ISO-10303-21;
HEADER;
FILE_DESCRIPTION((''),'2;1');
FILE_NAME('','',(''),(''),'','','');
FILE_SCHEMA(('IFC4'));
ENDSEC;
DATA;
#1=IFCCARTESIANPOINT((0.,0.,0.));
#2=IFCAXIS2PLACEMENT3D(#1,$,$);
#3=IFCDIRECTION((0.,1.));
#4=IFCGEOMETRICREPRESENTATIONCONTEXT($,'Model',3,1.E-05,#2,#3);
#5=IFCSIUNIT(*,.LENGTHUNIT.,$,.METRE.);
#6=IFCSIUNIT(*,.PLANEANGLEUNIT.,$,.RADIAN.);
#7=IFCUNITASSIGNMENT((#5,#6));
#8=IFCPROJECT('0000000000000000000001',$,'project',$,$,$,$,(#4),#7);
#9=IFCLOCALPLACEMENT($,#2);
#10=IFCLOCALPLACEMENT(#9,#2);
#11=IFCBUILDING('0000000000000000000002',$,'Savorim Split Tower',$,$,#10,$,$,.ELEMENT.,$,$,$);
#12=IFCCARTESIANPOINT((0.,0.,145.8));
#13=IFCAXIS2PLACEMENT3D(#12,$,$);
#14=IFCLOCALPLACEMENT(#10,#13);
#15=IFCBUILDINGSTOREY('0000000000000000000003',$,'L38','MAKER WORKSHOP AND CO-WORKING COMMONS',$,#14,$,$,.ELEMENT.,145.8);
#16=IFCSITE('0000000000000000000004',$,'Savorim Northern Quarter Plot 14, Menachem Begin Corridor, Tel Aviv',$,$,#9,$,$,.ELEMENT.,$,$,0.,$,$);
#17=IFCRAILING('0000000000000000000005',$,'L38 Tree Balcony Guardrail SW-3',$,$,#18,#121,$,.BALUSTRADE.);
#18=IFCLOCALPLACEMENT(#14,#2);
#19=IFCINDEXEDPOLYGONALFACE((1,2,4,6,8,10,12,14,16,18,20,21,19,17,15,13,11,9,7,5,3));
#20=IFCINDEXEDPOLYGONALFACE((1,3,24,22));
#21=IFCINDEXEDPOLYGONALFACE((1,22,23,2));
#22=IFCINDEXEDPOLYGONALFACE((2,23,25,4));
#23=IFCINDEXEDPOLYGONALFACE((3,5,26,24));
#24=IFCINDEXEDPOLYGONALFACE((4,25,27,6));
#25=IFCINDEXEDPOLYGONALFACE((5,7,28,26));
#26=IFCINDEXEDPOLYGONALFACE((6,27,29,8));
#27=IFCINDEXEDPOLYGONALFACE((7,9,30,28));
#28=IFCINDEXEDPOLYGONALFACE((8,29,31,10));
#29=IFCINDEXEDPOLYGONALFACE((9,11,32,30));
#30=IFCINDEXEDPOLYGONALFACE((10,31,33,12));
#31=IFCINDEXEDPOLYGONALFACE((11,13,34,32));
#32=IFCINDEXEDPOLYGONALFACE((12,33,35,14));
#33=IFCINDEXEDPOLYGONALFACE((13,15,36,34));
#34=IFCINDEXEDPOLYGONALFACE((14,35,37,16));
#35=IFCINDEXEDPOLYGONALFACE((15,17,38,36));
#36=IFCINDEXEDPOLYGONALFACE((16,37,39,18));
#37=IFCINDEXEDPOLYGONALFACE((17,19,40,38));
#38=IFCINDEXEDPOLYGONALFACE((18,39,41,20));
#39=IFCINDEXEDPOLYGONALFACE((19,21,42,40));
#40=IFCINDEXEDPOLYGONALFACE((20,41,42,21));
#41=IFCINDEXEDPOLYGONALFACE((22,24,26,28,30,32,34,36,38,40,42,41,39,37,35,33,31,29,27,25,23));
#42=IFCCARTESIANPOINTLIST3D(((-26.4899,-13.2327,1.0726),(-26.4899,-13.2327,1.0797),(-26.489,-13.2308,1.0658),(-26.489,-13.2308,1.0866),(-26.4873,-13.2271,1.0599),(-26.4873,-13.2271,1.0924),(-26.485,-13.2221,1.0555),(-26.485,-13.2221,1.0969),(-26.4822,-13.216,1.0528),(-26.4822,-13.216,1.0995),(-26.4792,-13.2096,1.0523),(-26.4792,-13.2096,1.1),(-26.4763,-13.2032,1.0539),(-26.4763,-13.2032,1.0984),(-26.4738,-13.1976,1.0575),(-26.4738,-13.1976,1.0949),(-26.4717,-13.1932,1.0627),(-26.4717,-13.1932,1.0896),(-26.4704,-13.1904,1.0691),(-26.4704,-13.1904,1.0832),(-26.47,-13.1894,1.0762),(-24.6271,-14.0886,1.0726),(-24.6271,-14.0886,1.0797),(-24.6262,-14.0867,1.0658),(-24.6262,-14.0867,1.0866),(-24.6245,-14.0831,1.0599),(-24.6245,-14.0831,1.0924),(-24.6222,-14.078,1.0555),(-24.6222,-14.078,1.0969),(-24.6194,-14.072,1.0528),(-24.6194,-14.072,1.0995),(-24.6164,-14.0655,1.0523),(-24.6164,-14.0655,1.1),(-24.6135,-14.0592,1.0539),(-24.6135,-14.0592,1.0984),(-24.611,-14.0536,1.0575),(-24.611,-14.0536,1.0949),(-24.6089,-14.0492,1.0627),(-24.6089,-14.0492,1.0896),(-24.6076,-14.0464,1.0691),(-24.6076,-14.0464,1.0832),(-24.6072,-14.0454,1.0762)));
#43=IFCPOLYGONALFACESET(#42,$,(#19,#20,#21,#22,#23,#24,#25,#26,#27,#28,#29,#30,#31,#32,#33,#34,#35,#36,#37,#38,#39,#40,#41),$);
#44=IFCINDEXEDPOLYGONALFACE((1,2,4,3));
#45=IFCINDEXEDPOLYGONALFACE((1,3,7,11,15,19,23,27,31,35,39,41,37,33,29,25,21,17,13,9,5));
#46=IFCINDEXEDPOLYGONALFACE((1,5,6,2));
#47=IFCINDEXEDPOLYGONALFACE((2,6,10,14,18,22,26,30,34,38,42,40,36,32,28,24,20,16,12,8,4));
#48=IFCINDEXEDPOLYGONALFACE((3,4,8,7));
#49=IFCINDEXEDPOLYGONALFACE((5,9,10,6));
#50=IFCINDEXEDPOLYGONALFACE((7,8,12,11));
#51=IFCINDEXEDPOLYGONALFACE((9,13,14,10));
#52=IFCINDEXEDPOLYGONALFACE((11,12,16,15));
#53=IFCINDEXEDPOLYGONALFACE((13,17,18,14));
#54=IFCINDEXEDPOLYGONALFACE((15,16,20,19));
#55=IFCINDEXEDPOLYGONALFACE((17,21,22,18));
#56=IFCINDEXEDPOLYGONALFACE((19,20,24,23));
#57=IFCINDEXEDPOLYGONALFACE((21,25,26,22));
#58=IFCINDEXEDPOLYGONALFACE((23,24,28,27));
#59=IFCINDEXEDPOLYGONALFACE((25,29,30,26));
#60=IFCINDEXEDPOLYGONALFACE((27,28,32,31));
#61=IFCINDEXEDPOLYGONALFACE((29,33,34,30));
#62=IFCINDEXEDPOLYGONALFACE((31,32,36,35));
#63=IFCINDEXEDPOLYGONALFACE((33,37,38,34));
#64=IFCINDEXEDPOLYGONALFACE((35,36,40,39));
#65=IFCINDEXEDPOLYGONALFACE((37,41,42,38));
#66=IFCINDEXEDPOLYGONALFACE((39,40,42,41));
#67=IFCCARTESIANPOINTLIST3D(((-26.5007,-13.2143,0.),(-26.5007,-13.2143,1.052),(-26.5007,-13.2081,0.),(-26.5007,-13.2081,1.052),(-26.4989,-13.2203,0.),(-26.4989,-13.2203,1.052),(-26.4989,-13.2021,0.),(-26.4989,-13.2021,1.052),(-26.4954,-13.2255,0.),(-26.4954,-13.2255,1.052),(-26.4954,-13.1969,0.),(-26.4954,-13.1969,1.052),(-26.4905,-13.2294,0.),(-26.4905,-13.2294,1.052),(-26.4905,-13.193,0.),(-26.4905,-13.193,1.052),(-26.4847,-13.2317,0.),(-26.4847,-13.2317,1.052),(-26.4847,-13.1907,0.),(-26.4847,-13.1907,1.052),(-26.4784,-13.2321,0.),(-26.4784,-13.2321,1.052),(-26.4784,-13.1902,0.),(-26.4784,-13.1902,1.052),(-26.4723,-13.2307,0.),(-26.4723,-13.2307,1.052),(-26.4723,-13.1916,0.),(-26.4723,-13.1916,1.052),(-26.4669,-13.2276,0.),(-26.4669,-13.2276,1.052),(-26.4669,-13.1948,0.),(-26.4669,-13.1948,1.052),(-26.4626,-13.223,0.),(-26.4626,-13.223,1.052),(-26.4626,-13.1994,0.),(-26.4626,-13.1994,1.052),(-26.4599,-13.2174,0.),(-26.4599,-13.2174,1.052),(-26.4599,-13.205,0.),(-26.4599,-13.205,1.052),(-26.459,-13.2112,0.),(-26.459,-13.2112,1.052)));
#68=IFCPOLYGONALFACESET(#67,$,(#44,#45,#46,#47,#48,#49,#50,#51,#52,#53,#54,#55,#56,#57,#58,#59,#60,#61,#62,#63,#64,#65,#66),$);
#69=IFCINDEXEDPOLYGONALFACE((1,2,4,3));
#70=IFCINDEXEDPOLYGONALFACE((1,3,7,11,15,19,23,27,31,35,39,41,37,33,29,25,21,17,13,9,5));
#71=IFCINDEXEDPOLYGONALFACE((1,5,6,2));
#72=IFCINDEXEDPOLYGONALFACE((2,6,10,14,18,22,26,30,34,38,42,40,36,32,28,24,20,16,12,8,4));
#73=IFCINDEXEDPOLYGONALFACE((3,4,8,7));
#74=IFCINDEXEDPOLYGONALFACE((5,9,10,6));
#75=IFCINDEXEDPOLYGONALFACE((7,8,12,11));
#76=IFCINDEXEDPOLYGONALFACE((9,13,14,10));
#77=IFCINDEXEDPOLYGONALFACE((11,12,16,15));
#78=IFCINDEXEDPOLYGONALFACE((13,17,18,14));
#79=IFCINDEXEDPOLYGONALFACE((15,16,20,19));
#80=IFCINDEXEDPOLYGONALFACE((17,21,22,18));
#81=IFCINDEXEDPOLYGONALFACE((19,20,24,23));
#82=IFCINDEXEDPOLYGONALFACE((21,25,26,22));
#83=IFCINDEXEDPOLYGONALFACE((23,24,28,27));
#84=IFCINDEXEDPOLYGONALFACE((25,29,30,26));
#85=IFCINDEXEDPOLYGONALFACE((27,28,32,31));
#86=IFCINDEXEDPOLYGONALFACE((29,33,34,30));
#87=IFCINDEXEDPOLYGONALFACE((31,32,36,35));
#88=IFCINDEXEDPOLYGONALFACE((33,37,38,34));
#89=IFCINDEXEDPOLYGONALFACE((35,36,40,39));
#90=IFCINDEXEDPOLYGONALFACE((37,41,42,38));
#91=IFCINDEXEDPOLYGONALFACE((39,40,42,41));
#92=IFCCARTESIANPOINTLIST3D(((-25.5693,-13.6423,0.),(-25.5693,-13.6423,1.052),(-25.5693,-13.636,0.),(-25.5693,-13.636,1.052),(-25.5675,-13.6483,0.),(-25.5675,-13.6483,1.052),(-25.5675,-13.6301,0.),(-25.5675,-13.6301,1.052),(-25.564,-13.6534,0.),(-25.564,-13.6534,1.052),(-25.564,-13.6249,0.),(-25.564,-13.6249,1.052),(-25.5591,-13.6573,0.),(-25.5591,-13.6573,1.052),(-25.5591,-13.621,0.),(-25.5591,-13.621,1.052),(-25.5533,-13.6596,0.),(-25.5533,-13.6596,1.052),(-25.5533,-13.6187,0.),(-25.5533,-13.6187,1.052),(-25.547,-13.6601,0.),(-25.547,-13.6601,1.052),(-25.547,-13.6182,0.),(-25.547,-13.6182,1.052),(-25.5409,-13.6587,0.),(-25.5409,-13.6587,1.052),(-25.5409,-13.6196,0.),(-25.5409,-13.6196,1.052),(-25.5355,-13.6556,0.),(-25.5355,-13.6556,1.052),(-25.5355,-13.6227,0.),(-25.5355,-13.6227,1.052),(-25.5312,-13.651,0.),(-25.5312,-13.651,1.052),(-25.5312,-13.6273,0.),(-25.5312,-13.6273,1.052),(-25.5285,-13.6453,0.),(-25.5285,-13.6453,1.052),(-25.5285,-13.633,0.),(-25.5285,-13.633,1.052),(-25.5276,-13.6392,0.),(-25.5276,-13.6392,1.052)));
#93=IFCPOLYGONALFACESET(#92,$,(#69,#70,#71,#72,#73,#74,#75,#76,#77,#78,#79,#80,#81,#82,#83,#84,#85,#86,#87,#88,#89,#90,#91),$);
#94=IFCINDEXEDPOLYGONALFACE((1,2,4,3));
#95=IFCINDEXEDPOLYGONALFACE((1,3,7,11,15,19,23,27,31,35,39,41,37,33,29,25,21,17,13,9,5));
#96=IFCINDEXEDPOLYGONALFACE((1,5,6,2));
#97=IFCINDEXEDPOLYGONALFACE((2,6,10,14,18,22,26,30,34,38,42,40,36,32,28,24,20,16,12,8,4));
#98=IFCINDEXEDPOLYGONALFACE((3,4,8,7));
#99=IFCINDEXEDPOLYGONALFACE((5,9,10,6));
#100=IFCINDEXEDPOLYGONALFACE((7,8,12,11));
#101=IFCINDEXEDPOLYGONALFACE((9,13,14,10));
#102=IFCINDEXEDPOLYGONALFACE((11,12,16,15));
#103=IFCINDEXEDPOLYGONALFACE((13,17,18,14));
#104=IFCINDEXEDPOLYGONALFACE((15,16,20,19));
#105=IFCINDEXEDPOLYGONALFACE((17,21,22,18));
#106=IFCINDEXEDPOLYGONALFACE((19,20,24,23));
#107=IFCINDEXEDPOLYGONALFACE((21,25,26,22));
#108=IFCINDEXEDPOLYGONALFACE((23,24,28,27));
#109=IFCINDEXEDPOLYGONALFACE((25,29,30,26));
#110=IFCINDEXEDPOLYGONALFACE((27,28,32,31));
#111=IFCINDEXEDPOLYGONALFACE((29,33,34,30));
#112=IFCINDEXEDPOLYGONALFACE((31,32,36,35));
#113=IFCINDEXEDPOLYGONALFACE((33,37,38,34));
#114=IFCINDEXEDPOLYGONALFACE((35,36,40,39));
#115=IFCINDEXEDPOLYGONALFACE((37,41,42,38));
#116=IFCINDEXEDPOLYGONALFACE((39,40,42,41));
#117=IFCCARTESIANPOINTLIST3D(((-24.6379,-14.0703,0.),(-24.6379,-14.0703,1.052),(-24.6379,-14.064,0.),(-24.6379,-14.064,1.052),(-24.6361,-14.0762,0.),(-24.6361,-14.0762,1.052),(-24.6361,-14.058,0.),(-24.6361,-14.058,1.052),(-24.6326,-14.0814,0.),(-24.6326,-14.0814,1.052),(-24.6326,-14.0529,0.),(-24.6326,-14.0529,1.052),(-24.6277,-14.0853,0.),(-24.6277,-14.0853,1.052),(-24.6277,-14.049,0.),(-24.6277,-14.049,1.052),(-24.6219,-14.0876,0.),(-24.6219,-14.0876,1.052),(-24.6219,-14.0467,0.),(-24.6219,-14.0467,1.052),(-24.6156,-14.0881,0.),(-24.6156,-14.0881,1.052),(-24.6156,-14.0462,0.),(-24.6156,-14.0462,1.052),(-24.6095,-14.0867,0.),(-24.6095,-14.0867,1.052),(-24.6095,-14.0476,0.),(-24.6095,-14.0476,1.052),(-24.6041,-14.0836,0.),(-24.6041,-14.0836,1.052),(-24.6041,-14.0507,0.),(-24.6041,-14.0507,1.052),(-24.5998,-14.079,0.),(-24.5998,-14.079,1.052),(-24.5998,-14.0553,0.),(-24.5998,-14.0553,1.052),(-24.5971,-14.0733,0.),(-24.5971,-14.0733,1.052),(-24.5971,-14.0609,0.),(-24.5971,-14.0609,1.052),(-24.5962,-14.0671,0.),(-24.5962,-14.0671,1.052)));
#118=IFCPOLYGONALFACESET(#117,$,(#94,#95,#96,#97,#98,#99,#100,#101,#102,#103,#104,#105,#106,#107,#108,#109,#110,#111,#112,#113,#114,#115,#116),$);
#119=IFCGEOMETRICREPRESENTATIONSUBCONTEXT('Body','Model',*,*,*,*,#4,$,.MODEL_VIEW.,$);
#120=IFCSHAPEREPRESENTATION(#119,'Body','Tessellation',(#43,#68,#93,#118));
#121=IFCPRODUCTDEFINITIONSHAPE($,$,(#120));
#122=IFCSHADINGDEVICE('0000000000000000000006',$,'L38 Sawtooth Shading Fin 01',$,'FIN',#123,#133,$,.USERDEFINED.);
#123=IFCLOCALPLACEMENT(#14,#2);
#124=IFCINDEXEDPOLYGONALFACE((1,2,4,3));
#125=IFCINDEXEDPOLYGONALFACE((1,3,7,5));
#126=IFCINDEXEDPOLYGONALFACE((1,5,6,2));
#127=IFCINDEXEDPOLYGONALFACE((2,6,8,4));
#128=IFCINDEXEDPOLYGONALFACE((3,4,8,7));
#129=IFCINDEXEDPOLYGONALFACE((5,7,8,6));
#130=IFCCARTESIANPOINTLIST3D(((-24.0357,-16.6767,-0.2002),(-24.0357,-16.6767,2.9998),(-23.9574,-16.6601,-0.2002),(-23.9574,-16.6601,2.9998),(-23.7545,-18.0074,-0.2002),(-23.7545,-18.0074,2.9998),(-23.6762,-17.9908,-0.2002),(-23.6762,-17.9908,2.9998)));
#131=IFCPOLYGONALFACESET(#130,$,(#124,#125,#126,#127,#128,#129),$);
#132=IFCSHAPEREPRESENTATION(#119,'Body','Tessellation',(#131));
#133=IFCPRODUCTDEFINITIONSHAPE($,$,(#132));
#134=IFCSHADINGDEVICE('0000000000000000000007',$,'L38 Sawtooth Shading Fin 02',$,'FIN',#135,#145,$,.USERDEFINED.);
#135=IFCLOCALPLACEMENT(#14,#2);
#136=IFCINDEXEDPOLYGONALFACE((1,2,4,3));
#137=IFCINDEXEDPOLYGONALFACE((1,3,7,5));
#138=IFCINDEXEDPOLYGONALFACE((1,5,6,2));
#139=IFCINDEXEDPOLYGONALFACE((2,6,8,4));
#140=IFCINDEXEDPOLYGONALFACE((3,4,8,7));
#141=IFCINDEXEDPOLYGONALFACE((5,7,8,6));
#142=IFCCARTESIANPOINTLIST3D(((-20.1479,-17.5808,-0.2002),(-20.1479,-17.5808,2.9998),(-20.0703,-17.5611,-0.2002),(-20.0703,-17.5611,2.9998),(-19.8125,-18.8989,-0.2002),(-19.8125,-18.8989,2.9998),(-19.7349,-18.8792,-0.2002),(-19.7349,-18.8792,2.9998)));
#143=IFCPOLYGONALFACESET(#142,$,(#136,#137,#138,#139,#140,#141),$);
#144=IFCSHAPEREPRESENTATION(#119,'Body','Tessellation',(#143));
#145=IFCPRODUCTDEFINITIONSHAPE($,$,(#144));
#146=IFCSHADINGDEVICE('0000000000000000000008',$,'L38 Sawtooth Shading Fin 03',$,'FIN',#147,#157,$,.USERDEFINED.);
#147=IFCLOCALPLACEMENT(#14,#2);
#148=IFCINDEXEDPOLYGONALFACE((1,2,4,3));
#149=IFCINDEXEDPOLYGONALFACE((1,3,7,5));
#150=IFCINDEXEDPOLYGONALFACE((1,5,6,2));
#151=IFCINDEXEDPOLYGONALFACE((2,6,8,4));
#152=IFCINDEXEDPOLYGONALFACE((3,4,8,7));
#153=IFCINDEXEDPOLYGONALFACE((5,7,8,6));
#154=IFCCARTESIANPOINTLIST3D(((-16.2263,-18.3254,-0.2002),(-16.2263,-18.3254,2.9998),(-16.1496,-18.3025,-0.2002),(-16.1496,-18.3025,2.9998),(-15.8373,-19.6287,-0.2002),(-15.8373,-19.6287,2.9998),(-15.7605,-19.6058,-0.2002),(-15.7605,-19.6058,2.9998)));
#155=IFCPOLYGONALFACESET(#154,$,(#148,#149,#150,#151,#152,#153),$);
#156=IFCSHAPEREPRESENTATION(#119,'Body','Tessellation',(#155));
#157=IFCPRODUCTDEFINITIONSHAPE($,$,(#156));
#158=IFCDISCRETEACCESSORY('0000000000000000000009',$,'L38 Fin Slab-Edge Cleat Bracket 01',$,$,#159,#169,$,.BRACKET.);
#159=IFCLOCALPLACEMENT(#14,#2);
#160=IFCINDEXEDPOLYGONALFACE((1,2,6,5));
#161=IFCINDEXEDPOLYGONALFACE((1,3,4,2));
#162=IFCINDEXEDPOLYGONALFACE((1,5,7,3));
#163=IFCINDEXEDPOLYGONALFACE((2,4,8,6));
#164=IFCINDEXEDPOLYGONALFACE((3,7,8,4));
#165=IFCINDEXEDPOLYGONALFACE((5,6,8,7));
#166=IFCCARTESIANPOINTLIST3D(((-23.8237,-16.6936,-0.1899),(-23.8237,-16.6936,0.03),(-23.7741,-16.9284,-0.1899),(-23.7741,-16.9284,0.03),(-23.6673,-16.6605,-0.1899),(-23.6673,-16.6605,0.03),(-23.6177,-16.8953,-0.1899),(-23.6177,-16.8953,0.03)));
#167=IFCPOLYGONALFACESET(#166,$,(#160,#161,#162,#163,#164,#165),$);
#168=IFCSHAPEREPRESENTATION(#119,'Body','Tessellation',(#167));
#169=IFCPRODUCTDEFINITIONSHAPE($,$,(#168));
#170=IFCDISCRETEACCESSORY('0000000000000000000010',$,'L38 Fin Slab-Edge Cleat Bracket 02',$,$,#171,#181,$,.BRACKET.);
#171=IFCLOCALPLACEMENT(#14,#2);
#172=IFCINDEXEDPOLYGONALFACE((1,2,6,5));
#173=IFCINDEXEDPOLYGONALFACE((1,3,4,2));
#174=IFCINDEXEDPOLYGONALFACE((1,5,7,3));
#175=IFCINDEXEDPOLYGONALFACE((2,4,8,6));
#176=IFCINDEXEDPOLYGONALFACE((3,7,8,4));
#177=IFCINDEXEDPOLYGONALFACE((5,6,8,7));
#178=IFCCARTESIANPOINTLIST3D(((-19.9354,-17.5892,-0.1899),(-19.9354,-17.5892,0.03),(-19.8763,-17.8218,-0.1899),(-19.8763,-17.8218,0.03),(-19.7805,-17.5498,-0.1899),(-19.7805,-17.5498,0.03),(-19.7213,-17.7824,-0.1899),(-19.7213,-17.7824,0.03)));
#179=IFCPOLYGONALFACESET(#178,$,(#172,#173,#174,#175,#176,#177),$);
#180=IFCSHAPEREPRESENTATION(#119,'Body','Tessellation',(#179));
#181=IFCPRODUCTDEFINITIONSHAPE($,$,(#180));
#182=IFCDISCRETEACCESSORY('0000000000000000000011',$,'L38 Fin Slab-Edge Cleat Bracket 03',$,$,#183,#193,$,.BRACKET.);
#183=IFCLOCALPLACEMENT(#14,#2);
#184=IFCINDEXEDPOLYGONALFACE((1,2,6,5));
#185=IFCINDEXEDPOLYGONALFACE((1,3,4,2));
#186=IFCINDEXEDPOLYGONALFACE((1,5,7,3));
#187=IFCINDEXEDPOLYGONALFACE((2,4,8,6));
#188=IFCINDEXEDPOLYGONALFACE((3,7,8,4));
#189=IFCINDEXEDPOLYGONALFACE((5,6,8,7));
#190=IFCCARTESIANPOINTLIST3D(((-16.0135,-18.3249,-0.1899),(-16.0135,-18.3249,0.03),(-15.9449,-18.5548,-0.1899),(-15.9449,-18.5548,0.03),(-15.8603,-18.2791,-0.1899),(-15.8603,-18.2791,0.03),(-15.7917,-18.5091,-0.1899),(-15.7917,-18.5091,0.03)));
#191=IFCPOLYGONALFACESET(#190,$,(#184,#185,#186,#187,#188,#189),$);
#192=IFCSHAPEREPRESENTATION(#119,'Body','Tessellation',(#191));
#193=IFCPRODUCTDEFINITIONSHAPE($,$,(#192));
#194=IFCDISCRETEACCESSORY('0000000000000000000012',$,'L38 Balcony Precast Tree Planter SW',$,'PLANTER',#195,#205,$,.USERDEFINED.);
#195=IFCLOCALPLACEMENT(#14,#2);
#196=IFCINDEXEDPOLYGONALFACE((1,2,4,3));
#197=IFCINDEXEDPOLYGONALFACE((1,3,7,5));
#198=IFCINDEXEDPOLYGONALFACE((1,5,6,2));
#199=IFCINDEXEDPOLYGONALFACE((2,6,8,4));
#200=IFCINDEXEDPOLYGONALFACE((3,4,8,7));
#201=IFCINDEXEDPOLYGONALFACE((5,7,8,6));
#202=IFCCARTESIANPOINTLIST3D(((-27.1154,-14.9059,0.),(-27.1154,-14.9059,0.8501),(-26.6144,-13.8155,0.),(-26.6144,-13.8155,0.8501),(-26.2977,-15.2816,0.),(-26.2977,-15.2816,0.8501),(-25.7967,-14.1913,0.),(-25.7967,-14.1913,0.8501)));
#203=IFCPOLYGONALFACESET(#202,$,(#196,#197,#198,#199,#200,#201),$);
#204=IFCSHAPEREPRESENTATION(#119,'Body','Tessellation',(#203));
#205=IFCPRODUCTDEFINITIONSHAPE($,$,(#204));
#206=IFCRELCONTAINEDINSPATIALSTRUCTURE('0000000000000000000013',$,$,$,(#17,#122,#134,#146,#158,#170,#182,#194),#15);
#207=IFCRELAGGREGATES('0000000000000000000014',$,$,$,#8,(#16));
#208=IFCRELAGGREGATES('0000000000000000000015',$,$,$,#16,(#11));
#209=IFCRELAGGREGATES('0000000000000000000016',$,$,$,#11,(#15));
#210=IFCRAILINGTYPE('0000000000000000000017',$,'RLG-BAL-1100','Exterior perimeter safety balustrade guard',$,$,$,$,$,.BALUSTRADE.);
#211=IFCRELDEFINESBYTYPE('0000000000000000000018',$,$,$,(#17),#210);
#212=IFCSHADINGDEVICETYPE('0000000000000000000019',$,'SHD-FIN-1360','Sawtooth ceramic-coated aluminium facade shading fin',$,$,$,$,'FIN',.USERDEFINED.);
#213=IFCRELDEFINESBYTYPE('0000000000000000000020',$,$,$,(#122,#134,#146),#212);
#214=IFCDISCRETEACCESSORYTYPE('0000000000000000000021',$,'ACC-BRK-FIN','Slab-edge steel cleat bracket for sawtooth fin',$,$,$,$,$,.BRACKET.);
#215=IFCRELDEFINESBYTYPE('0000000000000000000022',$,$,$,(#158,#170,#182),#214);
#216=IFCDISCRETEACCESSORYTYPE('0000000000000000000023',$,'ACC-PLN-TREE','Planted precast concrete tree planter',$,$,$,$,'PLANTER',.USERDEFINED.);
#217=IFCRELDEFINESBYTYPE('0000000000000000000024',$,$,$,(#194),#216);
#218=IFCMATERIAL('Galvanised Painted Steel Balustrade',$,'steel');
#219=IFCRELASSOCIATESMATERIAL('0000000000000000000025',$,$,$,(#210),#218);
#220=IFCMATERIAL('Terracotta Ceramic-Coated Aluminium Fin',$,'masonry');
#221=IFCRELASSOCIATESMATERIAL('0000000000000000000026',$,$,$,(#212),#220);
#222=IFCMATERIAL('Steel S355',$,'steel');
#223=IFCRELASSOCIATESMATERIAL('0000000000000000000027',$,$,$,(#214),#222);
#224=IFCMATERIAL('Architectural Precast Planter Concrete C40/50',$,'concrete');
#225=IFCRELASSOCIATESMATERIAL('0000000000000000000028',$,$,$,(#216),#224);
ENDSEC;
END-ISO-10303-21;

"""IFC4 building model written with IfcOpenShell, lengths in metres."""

from ifc_helpers import new_model, si_unit, direction, frame, origin, origin_2d, place, context, subcontext, project, spatial, rectangle, circle, extrude, material, type_object, element, save


model = new_model("IFC4")

# Units and contexts
model_context = context("Model", 3, precision=1e-05, world=origin(), true_north=direction((0.0, 1.0)))
body_context = subcontext(model_context, "Body", "Model", "MODEL_VIEW")
ifc_project = project(units=[si_unit("LENGTHUNIT", "METRE"), si_unit("PLANEANGLEUNIT", "RADIAN")], contexts=[model_context])

# Site, building, storey
site_placement = place(None, origin())
site = spatial("IfcSite", under=ifc_project, at=site_placement, Name="Savorim Northern Quarter Plot 14, Menachem Begin Corridor, Tel Aviv", CompositionType="ELEMENT", RefElevation=0.0)
building_placement = place(site_placement, origin())
building = spatial("IfcBuilding", under=site, at=building_placement, Name="Savorim Split Tower", CompositionType="ELEMENT")
storey_placement = place(building_placement, frame((0.0, 0.0, 145.8)))
storey = spatial("IfcBuildingStorey", under=building, at=storey_placement, Name="L38", Description="MAKER WORKSHOP AND CO-WORKING COMMONS", CompositionType="ELEMENT", Elevation=145.8)

# Shared definitions
ifc_material_1 = material(Name="Steel S355", Category="steel")

# Railing
ifc_material_2 = material(Name="Galvanised Painted Steel Balustrade", Category="steel")
railing_type = type_object("IfcRailingType", Name="RLG-BAL-1100", Description="Exterior perimeter safety balustrade guard", PredefinedType="BALUSTRADE", material=ifc_material_2)
railing_1_placement = place(storey_placement, frame((-26.48, -13.2112, 0.0)))
element("IfcRailing", 1, at=railing_1_placement, inside=storey, type_object=railing_type, Name="L38 Tree Balcony Guardrail SW-3", PredefinedType="BALUSTRADE", context=body_context, shape_type="SweptSolid", body=[
    extrude(circle(Radius=0.0239, at=origin_2d()), frame((0.0, 0.0, 1.0762), z_axis=(0.908662, -0.417532, 0.0), x_axis=(0.417532, 0.908662, 0.0)), (0.0, 0.0, 1.0), 2.05),
    extrude(circle(Radius=0.021, at=origin_2d()), origin(), (0.0, 0.0, 1.0), 1.052),
    extrude(circle(Radius=0.021, at=origin_2d()), frame((0.9314, -0.428, 0.0)), (0.0, 0.0, 1.0), 1.052),
    extrude(circle(Radius=0.021, at=origin_2d()), frame((1.8628, -0.856, 0.0)), (0.0, 0.0, 1.0), 1.052),
])

# Shading devices
ifc_material_3 = material(Name="Terracotta Ceramic-Coated Aluminium Fin", Category="masonry")
shading_device_type = type_object("IfcShadingDeviceType", Name="SHD-FIN-1360", Description="Sawtooth ceramic-coated aluminium facade shading fin", ElementType="FIN", PredefinedType="USERDEFINED", material=ifc_material_3)
for number, where, z_axis, x_axis, name in (
    (2, (-23.856, -17.3337, -0.2002), (0.0, 0.0, 1.0), (0.206722, -0.9784, 0.0), "L38 Sawtooth Shading Fin 01"),
    (3, (-19.9414, -18.23, -0.2002), (0.0, 0.0, 1.0), (0.246581, -0.969122, 0.0), "L38 Sawtooth Shading Fin 02"),
    (4, (-15.9934, -18.9656, -0.2002), (0.0, 0.0, 1.0), (0.286026, -0.958222, 0.0), "L38 Sawtooth Shading Fin 03"),
):
    element("IfcShadingDevice", number, at=place(storey_placement, frame(where, z_axis=z_axis, x_axis=x_axis)), inside=storey, type_object=shading_device_type, Name=name, ObjectType="FIN", PredefinedType="USERDEFINED", context=body_context, shape_type="SweptSolid", body=[
        extrude(rectangle(XDim=1.3601, YDim=0.0801, at=origin_2d()), origin(), (0.0, 0.0, 1.0), 3.2),
    ])

# Discrete accessories
discrete_accessory_type_1 = type_object("IfcDiscreteAccessoryType", Name="ACC-BRK-FIN", Description="Slab-edge steel cleat bracket for sawtooth fin", PredefinedType="BRACKET", material=ifc_material_1)
for number, where, z_axis, x_axis, name in (
    (5, (-23.7207, -16.7944, -0.1899), (0.0, 0.0, 1.0), (0.206722, -0.9784, 0.0), "L38 Fin Slab-Edge Cleat Bracket 01"),
    (6, (-19.8284, -17.6858, -0.1899), (0.0, 0.0, 1.0), (0.246581, -0.969122, 0.0), "L38 Fin Slab-Edge Cleat Bracket 02"),
    (7, (-15.9026, -18.417, -0.1899), (0.0, 0.0, 1.0), (0.286026, -0.958222, 0.0), "L38 Fin Slab-Edge Cleat Bracket 03"),
):
    element("IfcDiscreteAccessory", number, at=place(storey_placement, frame(where, z_axis=z_axis, x_axis=x_axis)), inside=storey, type_object=discrete_accessory_type_1, Name=name, PredefinedType="BRACKET", context=body_context, shape_type="SweptSolid", body=[
        extrude(rectangle(XDim=0.24, YDim=0.1599, at=origin_2d()), origin(), (0.0, 0.0, 1.0), 0.22),
    ])
ifc_material_4 = material(Name="Architectural Precast Planter Concrete C40/50", Category="concrete")
discrete_accessory_type_2 = type_object("IfcDiscreteAccessoryType", Name="ACC-PLN-TREE", Description="Planted precast concrete tree planter", ElementType="PLANTER", PredefinedType="USERDEFINED", material=ifc_material_4)
discrete_accessory_placement = place(storey_placement, frame((-26.4561, -14.5486, 0.0), z_axis=(0.0, 0.0, 1.0), x_axis=(-0.417494, -0.908679, 0.0)))
element("IfcDiscreteAccessory", 8, at=discrete_accessory_placement, inside=storey, type_object=discrete_accessory_type_2, Name="L38 Balcony Precast Tree Planter SW", ObjectType="PLANTER", PredefinedType="USERDEFINED", context=body_context, shape_type="SweptSolid", body=[
    extrude(rectangle(XDim=1.2, YDim=0.8999, at=origin_2d()), origin(), (0.0, 0.0, 1.0), 0.8501),
])

save(model, "model.ifc")
